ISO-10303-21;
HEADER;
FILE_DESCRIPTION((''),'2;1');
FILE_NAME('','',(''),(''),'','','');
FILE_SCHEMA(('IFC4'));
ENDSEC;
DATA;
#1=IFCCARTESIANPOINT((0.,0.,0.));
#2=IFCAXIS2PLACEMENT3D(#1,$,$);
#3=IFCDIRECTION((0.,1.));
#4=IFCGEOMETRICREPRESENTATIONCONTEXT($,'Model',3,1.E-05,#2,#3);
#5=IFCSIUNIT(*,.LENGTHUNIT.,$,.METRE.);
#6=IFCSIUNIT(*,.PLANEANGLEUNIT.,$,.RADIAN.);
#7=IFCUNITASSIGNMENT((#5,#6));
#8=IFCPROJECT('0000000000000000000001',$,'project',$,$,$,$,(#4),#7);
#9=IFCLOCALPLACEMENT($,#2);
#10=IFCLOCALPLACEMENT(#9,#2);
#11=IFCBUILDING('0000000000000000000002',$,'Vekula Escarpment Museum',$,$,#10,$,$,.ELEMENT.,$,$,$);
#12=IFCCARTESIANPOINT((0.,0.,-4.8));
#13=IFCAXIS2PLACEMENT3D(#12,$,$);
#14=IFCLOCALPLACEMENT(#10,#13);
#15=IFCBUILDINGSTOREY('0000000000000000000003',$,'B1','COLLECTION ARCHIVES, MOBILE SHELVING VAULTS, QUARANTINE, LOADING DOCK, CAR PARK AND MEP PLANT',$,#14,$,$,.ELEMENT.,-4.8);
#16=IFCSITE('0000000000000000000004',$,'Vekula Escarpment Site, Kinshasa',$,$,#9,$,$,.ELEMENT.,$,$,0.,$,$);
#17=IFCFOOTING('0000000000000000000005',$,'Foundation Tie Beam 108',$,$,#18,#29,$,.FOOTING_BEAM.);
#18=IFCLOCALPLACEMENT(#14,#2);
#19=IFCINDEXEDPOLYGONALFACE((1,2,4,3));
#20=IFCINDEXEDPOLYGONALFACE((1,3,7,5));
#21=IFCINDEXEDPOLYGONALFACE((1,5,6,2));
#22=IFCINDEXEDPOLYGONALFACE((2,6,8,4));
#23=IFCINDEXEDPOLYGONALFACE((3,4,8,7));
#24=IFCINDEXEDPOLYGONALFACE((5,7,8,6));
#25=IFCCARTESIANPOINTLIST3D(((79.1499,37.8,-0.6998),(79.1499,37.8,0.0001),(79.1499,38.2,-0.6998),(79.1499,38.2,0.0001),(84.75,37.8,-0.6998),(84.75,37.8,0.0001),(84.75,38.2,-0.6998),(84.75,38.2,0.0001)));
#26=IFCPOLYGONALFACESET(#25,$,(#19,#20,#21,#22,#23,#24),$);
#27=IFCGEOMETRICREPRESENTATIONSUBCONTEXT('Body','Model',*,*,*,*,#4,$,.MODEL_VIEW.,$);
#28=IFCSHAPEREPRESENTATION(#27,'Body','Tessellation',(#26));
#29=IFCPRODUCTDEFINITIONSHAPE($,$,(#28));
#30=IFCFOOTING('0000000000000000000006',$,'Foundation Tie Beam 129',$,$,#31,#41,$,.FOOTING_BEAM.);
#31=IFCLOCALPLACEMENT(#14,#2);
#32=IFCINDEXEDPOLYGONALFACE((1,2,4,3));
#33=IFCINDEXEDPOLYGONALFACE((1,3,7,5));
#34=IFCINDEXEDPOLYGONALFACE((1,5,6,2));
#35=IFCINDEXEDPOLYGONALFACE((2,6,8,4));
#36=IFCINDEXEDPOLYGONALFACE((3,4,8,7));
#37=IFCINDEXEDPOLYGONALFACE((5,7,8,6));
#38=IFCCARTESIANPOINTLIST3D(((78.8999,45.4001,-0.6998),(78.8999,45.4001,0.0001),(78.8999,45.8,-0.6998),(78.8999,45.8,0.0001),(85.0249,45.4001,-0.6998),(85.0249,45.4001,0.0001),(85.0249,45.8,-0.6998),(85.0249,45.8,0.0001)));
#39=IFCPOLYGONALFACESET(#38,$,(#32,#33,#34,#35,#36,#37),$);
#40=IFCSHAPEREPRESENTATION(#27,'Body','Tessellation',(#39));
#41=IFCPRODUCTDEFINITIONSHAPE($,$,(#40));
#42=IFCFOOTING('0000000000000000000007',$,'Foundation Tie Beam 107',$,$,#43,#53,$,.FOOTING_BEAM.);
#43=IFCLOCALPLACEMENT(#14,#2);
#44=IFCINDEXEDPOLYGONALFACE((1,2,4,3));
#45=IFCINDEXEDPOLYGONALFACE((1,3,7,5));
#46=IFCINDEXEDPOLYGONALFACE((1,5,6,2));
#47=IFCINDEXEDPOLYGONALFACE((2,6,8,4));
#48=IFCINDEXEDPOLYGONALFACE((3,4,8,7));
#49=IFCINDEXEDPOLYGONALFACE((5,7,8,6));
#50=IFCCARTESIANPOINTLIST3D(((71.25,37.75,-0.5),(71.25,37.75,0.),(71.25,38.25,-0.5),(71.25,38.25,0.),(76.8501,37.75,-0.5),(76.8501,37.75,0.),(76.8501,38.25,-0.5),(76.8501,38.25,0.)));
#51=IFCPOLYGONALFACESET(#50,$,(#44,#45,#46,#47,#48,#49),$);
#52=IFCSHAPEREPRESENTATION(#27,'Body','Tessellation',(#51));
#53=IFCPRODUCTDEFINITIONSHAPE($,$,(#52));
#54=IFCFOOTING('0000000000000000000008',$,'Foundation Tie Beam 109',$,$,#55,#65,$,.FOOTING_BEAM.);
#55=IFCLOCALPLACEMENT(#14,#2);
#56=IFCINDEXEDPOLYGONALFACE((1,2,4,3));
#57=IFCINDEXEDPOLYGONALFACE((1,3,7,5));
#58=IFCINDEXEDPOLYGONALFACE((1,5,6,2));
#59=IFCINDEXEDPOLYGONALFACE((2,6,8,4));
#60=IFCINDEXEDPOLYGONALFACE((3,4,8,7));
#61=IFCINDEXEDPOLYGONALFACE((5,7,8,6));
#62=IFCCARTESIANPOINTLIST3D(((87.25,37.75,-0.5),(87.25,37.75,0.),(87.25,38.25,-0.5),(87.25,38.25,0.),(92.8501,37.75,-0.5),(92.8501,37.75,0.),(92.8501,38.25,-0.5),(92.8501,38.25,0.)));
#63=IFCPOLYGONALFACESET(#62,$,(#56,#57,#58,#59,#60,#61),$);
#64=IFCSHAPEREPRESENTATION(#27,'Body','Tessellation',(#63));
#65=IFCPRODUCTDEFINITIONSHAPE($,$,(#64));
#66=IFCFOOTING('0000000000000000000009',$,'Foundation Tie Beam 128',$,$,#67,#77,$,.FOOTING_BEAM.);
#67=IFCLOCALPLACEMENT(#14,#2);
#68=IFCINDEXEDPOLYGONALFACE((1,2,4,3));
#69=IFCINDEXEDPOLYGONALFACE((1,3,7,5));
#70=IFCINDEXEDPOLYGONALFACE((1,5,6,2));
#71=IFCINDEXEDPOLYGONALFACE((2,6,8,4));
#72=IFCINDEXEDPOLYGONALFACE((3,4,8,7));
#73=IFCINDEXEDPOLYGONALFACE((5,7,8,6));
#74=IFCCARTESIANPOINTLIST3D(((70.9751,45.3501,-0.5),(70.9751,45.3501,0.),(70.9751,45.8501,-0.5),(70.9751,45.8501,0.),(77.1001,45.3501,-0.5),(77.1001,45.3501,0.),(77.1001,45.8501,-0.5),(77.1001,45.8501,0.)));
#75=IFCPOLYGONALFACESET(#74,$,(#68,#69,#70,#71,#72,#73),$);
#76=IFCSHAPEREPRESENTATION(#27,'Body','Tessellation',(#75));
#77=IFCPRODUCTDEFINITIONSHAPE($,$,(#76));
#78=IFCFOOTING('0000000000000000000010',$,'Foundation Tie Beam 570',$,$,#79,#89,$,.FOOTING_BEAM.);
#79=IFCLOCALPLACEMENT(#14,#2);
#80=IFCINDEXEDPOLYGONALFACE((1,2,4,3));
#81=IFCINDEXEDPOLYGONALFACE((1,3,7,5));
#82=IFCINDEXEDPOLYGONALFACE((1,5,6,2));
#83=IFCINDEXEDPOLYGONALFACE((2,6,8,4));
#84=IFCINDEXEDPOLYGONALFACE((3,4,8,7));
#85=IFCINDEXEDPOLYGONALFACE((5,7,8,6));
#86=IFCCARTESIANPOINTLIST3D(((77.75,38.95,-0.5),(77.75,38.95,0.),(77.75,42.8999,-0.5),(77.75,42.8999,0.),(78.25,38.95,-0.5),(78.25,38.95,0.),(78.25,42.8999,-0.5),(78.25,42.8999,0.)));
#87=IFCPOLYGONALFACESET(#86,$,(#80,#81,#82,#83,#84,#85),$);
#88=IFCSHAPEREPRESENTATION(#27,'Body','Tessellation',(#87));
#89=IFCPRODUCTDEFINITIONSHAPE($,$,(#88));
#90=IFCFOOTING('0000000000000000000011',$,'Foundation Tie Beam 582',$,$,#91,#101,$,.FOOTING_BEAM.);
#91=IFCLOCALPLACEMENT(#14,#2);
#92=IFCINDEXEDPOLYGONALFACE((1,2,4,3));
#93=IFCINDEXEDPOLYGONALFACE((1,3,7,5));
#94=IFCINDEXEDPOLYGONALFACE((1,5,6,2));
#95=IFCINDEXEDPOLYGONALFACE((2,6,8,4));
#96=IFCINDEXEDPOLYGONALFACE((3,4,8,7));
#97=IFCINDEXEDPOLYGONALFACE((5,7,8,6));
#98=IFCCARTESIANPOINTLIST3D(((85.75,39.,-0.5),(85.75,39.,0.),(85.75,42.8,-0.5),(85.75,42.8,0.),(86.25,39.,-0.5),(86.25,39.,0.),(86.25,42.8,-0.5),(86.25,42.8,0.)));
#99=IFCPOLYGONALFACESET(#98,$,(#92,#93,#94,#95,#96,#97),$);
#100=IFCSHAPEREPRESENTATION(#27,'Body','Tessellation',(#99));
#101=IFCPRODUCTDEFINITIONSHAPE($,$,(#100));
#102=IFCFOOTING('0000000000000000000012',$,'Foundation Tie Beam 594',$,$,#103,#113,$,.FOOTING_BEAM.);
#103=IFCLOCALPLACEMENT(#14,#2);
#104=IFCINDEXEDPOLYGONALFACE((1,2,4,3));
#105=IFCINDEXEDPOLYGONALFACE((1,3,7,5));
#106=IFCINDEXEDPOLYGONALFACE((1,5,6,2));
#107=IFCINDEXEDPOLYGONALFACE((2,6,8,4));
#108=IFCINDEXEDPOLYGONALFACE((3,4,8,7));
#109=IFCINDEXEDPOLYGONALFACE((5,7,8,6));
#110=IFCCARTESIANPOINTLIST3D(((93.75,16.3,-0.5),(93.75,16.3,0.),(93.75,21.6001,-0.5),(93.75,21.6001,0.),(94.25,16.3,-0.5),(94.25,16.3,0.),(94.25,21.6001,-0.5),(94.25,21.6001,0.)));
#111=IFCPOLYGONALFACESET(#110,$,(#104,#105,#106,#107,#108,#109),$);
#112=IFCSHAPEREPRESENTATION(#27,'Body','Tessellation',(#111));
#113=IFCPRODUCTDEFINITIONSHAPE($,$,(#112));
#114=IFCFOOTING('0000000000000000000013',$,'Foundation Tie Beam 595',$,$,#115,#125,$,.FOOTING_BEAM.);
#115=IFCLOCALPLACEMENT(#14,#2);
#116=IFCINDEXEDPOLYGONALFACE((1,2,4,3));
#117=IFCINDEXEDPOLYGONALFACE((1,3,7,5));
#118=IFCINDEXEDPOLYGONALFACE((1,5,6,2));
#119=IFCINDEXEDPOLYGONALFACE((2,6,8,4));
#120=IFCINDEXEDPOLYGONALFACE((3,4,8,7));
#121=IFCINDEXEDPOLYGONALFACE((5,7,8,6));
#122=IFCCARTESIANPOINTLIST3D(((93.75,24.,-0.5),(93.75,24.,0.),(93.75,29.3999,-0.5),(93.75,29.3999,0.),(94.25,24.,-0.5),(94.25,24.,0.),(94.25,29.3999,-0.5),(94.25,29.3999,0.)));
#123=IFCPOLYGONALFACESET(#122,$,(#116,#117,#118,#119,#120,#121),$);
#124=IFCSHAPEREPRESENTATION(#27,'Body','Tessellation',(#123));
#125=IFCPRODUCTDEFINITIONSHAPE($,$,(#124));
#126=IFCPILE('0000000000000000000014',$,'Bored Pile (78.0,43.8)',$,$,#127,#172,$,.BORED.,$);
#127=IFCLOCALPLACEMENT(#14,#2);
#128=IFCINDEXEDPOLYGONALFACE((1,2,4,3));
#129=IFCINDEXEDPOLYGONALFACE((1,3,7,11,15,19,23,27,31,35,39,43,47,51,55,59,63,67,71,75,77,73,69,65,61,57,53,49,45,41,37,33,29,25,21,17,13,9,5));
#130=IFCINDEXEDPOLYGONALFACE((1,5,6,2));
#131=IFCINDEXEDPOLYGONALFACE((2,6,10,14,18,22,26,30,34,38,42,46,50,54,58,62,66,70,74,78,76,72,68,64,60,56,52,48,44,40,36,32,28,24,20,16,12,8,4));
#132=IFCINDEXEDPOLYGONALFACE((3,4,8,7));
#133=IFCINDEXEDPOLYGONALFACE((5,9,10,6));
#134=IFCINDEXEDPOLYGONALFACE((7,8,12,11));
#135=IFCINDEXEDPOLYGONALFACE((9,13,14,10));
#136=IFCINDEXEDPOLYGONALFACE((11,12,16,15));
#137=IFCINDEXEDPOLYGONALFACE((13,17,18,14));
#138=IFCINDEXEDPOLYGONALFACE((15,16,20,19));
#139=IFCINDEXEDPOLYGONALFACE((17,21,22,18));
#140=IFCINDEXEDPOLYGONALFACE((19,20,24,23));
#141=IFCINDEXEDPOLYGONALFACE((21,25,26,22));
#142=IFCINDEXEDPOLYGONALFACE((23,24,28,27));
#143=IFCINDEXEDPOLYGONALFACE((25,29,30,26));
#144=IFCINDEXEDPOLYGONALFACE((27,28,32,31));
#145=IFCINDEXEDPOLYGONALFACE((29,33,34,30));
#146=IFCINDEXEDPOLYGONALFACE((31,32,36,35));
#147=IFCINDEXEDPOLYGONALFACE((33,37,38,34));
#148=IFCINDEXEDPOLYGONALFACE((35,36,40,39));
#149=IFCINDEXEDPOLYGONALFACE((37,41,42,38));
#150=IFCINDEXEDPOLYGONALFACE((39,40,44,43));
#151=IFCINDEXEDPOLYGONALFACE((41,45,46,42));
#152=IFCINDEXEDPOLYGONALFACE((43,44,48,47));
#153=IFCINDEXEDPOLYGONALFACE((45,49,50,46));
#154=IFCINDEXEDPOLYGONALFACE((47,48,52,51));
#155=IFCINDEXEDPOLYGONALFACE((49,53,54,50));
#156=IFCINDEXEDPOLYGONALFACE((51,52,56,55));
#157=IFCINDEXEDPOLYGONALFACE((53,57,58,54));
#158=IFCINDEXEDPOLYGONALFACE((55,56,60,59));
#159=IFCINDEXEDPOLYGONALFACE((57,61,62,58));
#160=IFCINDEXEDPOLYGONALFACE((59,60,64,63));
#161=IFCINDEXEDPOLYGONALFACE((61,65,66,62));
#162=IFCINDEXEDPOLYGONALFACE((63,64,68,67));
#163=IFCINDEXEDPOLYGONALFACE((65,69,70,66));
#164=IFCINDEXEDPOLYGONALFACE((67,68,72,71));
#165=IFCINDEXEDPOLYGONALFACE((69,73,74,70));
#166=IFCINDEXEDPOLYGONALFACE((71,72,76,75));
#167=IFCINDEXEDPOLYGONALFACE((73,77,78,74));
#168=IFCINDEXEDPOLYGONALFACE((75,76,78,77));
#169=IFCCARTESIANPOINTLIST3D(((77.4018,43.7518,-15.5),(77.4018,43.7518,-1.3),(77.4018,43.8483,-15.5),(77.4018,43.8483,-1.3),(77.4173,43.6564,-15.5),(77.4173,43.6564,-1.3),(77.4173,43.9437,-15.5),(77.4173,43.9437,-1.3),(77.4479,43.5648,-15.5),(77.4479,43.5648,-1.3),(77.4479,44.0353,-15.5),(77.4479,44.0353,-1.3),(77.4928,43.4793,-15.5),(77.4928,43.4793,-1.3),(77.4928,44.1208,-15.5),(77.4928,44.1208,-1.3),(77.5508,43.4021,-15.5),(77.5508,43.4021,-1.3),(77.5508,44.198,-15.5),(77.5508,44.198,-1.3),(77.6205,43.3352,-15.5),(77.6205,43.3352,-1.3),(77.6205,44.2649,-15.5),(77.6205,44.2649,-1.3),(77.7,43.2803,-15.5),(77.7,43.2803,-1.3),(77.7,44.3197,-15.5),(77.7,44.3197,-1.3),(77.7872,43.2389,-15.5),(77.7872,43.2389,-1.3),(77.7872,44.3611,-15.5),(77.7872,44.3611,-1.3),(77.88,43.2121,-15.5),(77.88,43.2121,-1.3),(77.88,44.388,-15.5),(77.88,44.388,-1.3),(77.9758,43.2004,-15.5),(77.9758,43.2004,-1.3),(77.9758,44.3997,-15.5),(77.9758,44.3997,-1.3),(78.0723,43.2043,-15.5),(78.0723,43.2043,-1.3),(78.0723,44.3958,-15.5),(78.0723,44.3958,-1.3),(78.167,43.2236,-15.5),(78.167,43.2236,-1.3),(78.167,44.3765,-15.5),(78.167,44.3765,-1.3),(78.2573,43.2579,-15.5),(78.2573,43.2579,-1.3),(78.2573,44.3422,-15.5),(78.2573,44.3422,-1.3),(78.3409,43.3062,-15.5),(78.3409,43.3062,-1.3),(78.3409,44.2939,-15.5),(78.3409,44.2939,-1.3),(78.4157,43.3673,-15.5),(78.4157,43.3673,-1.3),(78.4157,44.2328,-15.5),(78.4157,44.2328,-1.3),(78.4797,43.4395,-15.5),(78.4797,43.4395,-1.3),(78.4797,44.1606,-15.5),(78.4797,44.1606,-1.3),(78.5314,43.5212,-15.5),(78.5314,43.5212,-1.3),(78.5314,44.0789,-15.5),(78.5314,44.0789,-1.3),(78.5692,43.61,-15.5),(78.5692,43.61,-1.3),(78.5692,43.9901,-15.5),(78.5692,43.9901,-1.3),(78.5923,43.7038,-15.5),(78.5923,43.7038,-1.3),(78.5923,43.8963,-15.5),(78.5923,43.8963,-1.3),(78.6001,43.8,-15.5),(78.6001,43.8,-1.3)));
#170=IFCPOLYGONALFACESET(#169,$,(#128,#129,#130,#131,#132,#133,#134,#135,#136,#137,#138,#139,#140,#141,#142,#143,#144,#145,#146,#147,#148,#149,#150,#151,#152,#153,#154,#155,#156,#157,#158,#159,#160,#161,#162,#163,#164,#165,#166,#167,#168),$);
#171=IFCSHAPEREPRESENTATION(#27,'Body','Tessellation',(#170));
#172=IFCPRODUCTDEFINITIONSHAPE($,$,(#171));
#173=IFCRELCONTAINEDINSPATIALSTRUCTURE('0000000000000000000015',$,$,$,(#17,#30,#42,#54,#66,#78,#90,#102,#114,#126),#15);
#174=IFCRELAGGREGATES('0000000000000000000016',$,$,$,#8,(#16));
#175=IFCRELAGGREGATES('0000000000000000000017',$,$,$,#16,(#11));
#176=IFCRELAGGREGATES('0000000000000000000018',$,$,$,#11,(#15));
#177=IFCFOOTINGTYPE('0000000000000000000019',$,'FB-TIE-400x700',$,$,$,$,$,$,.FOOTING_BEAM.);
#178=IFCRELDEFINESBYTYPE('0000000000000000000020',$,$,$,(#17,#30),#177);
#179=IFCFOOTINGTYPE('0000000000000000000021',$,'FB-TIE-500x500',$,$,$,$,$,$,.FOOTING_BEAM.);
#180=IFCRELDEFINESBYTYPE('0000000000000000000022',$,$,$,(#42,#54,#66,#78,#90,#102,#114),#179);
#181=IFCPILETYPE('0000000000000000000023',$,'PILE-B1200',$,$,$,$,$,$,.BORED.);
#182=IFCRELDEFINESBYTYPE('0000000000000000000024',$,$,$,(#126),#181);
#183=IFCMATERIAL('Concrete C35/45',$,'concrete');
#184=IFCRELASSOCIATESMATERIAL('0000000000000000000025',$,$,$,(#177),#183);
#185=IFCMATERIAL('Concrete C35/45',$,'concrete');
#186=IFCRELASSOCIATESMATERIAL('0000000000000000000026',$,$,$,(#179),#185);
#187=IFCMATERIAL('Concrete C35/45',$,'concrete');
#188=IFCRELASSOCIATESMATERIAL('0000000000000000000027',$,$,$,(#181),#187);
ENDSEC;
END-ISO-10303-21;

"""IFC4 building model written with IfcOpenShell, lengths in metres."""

from ifc_helpers import new_model, si_unit, direction, frame, origin, origin_2d, place, context, subcontext, project, spatial, rectangle, circle, extrude, material, material_profile, profile_set, type_object, element, save


model = new_model("IFC4")

# Units and contexts
model_context = context("Model", 3, precision=1e-05, world=origin(), true_north=direction((0.0, 1.0)))
body_context = subcontext(model_context, "Body", "Model", "MODEL_VIEW")
ifc_project = project(units=[si_unit("LENGTHUNIT", "METRE"), si_unit("PLANEANGLEUNIT", "RADIAN")], contexts=[model_context])

# Site, building, storey
site_placement = place(None, origin())
site = spatial("IfcSite", under=ifc_project, at=site_placement, Name="Vekula Escarpment Site, Kinshasa", CompositionType="ELEMENT", RefElevation=0.0)
building_placement = place(site_placement, origin())
building = spatial("IfcBuilding", under=site, at=building_placement, Name="Vekula Escarpment Museum", CompositionType="ELEMENT")
storey_placement = place(building_placement, frame((0.0, 0.0, -4.8)))
storey = spatial("IfcBuildingStorey", under=building, at=storey_placement, Name="B1", Description="COLLECTION ARCHIVES, MOBILE SHELVING VAULTS, QUARANTINE, LOADING DOCK, CAR PARK AND MEP PLANT", CompositionType="ELEMENT", Elevation=-4.8)

# Footings
ifc_material_1 = material(Name="Concrete C35/45", Category="concrete")
ifc_material_profile_1 = material_profile(ifc_material_1, rectangle(XDim=0.3999, YDim=0.7, at=origin_2d()), Name="RC 400x700")
ifc_profile_set_1 = profile_set([ifc_material_profile_1], Name="Concrete C35/45")
footing_type_1 = type_object("IfcFootingType", Name="FB-TIE-400x700", PredefinedType="FOOTING_BEAM", material=ifc_profile_set_1)
footing_1_placement = place(storey_placement, frame((79.1499, 38.0, -0.3499), z_axis=(1.0, 0.0, 0.0), x_axis=(0.0, 1.0, 0.0)))
element("IfcFooting", 1, at=footing_1_placement, inside=storey, type_object=footing_type_1, Name="Foundation Tie Beam 108", PredefinedType="FOOTING_BEAM", context=body_context, shape_type="SweptSolid", body=[
    extrude(rectangle(XDim=0.3999, YDim=0.7, at=origin_2d()), origin(), (0.0, 0.0, 1.0), 5.6001),
])
footing_2_placement = place(storey_placement, frame((78.8999, 45.6001, -0.3499), z_axis=(1.0, 0.0, 0.0), x_axis=(0.0, 1.0, 0.0)))
element("IfcFooting", 2, at=footing_2_placement, inside=storey, type_object=footing_type_1, Name="Foundation Tie Beam 129", PredefinedType="FOOTING_BEAM", context=body_context, shape_type="SweptSolid", body=[
    extrude(rectangle(XDim=0.3999, YDim=0.7, at=origin_2d()), origin(), (0.0, 0.0, 1.0), 6.125),
])
ifc_material_2 = material(Name="Concrete C35/45", Category="concrete")
ifc_material_profile_2 = material_profile(ifc_material_2, rectangle(XDim=0.5, YDim=0.5, at=origin_2d()), Name="RC 500x500")
ifc_profile_set_2 = profile_set([ifc_material_profile_2], Name="Concrete C35/45")
footing_type_2 = type_object("IfcFootingType", Name="FB-TIE-500x500", PredefinedType="FOOTING_BEAM", material=ifc_profile_set_2)
for number, where, z_axis, x_axis, name in (
    (3, (71.25, 38.0, -0.25), (1.0, 0.0, 0.0), (0.0, 1.0, 0.0), "Foundation Tie Beam 107"),
    (4, (87.25, 38.0, -0.25), (1.0, 0.0, 0.0), (0.0, 1.0, 0.0), "Foundation Tie Beam 109"),
):
    element("IfcFooting", number, at=place(storey_placement, frame(where, z_axis=z_axis, x_axis=x_axis)), inside=storey, type_object=footing_type_2, Name=name, PredefinedType="FOOTING_BEAM", context=body_context, shape_type="SweptSolid", body=[
        extrude(rectangle(XDim=0.5, YDim=0.5, at=origin_2d()), origin(), (0.0, 0.0, 1.0), 5.6001),
    ])
footing_3_placement = place(storey_placement, frame((70.9751, 45.6001, -0.25), z_axis=(1.0, 0.0, 0.0), x_axis=(0.0, 1.0, 0.0)))
element("IfcFooting", 5, at=footing_3_placement, inside=storey, type_object=footing_type_2, Name="Foundation Tie Beam 128", PredefinedType="FOOTING_BEAM", context=body_context, shape_type="SweptSolid", body=[
    extrude(rectangle(XDim=0.5, YDim=0.5, at=origin_2d()), origin(), (0.0, 0.0, 1.0), 6.125),
])
footing_4_placement = place(storey_placement, frame((78.0, 38.95, -0.25), z_axis=(0.0, 1.0, 0.0), x_axis=(-1.0, 0.0, 0.0)))
element("IfcFooting", 6, at=footing_4_placement, inside=storey, type_object=footing_type_2, Name="Foundation Tie Beam 570", PredefinedType="FOOTING_BEAM", context=body_context, shape_type="SweptSolid", body=[
    extrude(rectangle(XDim=0.5, YDim=0.5, at=origin_2d()), origin(), (0.0, 0.0, 1.0), 3.95),
])
footing_5_placement = place(storey_placement, frame((86.0, 39.0, -0.25), z_axis=(0.0, 1.0, 0.0), x_axis=(-1.0, 0.0, 0.0)))
element("IfcFooting", 7, at=footing_5_placement, inside=storey, type_object=footing_type_2, Name="Foundation Tie Beam 582", PredefinedType="FOOTING_BEAM", context=body_context, shape_type="SweptSolid", body=[
    extrude(rectangle(XDim=0.5, YDim=0.5, at=origin_2d()), origin(), (0.0, 0.0, 1.0), 3.8),
])
footing_6_placement = place(storey_placement, frame((94.0, 16.3, -0.25), z_axis=(0.0, 1.0, 0.0), x_axis=(-1.0, 0.0, 0.0)))
element("IfcFooting", 8, at=footing_6_placement, inside=storey, type_object=footing_type_2, Name="Foundation Tie Beam 594", PredefinedType="FOOTING_BEAM", context=body_context, shape_type="SweptSolid", body=[
    extrude(rectangle(XDim=0.5, YDim=0.5, at=origin_2d()), origin(), (0.0, 0.0, 1.0), 5.3),
])
footing_7_placement = place(storey_placement, frame((94.0, 24.0, -0.25), z_axis=(0.0, 1.0, 0.0), x_axis=(-1.0, 0.0, 0.0)))
element("IfcFooting", 9, at=footing_7_placement, inside=storey, type_object=footing_type_2, Name="Foundation Tie Beam 595", PredefinedType="FOOTING_BEAM", context=body_context, shape_type="SweptSolid", body=[
    extrude(rectangle(XDim=0.5, YDim=0.5, at=origin_2d()), origin(), (0.0, 0.0, 1.0), 5.3999),
])

# Pile
ifc_material_3 = material(Name="Concrete C35/45", Category="concrete")
ifc_material_profile_3 = material_profile(ifc_material_3, circle(Radius=0.6001, at=origin_2d()), Name="BORED PILE 1200")
ifc_profile_set_3 = profile_set([ifc_material_profile_3], Name="Concrete C35/45")
pile_type = type_object("IfcPileType", Name="PILE-B1200", PredefinedType="BORED", material=ifc_profile_set_3)
pile_1_placement = place(storey_placement, frame((78.0, 43.8, -1.3), z_axis=(0.0, 0.0, -1.0), x_axis=(1.0, 0.0, 0.0)))
element("IfcPile", 10, at=pile_1_placement, inside=storey, type_object=pile_type, Name="Bored Pile (78.0,43.8)", PredefinedType="BORED", context=body_context, shape_type="SweptSolid", body=[
    extrude(circle(Radius=0.6001, at=origin_2d()), origin(), (0.0, 0.0, 1.0), 14.2),
])

save(model, "model.ifc")
